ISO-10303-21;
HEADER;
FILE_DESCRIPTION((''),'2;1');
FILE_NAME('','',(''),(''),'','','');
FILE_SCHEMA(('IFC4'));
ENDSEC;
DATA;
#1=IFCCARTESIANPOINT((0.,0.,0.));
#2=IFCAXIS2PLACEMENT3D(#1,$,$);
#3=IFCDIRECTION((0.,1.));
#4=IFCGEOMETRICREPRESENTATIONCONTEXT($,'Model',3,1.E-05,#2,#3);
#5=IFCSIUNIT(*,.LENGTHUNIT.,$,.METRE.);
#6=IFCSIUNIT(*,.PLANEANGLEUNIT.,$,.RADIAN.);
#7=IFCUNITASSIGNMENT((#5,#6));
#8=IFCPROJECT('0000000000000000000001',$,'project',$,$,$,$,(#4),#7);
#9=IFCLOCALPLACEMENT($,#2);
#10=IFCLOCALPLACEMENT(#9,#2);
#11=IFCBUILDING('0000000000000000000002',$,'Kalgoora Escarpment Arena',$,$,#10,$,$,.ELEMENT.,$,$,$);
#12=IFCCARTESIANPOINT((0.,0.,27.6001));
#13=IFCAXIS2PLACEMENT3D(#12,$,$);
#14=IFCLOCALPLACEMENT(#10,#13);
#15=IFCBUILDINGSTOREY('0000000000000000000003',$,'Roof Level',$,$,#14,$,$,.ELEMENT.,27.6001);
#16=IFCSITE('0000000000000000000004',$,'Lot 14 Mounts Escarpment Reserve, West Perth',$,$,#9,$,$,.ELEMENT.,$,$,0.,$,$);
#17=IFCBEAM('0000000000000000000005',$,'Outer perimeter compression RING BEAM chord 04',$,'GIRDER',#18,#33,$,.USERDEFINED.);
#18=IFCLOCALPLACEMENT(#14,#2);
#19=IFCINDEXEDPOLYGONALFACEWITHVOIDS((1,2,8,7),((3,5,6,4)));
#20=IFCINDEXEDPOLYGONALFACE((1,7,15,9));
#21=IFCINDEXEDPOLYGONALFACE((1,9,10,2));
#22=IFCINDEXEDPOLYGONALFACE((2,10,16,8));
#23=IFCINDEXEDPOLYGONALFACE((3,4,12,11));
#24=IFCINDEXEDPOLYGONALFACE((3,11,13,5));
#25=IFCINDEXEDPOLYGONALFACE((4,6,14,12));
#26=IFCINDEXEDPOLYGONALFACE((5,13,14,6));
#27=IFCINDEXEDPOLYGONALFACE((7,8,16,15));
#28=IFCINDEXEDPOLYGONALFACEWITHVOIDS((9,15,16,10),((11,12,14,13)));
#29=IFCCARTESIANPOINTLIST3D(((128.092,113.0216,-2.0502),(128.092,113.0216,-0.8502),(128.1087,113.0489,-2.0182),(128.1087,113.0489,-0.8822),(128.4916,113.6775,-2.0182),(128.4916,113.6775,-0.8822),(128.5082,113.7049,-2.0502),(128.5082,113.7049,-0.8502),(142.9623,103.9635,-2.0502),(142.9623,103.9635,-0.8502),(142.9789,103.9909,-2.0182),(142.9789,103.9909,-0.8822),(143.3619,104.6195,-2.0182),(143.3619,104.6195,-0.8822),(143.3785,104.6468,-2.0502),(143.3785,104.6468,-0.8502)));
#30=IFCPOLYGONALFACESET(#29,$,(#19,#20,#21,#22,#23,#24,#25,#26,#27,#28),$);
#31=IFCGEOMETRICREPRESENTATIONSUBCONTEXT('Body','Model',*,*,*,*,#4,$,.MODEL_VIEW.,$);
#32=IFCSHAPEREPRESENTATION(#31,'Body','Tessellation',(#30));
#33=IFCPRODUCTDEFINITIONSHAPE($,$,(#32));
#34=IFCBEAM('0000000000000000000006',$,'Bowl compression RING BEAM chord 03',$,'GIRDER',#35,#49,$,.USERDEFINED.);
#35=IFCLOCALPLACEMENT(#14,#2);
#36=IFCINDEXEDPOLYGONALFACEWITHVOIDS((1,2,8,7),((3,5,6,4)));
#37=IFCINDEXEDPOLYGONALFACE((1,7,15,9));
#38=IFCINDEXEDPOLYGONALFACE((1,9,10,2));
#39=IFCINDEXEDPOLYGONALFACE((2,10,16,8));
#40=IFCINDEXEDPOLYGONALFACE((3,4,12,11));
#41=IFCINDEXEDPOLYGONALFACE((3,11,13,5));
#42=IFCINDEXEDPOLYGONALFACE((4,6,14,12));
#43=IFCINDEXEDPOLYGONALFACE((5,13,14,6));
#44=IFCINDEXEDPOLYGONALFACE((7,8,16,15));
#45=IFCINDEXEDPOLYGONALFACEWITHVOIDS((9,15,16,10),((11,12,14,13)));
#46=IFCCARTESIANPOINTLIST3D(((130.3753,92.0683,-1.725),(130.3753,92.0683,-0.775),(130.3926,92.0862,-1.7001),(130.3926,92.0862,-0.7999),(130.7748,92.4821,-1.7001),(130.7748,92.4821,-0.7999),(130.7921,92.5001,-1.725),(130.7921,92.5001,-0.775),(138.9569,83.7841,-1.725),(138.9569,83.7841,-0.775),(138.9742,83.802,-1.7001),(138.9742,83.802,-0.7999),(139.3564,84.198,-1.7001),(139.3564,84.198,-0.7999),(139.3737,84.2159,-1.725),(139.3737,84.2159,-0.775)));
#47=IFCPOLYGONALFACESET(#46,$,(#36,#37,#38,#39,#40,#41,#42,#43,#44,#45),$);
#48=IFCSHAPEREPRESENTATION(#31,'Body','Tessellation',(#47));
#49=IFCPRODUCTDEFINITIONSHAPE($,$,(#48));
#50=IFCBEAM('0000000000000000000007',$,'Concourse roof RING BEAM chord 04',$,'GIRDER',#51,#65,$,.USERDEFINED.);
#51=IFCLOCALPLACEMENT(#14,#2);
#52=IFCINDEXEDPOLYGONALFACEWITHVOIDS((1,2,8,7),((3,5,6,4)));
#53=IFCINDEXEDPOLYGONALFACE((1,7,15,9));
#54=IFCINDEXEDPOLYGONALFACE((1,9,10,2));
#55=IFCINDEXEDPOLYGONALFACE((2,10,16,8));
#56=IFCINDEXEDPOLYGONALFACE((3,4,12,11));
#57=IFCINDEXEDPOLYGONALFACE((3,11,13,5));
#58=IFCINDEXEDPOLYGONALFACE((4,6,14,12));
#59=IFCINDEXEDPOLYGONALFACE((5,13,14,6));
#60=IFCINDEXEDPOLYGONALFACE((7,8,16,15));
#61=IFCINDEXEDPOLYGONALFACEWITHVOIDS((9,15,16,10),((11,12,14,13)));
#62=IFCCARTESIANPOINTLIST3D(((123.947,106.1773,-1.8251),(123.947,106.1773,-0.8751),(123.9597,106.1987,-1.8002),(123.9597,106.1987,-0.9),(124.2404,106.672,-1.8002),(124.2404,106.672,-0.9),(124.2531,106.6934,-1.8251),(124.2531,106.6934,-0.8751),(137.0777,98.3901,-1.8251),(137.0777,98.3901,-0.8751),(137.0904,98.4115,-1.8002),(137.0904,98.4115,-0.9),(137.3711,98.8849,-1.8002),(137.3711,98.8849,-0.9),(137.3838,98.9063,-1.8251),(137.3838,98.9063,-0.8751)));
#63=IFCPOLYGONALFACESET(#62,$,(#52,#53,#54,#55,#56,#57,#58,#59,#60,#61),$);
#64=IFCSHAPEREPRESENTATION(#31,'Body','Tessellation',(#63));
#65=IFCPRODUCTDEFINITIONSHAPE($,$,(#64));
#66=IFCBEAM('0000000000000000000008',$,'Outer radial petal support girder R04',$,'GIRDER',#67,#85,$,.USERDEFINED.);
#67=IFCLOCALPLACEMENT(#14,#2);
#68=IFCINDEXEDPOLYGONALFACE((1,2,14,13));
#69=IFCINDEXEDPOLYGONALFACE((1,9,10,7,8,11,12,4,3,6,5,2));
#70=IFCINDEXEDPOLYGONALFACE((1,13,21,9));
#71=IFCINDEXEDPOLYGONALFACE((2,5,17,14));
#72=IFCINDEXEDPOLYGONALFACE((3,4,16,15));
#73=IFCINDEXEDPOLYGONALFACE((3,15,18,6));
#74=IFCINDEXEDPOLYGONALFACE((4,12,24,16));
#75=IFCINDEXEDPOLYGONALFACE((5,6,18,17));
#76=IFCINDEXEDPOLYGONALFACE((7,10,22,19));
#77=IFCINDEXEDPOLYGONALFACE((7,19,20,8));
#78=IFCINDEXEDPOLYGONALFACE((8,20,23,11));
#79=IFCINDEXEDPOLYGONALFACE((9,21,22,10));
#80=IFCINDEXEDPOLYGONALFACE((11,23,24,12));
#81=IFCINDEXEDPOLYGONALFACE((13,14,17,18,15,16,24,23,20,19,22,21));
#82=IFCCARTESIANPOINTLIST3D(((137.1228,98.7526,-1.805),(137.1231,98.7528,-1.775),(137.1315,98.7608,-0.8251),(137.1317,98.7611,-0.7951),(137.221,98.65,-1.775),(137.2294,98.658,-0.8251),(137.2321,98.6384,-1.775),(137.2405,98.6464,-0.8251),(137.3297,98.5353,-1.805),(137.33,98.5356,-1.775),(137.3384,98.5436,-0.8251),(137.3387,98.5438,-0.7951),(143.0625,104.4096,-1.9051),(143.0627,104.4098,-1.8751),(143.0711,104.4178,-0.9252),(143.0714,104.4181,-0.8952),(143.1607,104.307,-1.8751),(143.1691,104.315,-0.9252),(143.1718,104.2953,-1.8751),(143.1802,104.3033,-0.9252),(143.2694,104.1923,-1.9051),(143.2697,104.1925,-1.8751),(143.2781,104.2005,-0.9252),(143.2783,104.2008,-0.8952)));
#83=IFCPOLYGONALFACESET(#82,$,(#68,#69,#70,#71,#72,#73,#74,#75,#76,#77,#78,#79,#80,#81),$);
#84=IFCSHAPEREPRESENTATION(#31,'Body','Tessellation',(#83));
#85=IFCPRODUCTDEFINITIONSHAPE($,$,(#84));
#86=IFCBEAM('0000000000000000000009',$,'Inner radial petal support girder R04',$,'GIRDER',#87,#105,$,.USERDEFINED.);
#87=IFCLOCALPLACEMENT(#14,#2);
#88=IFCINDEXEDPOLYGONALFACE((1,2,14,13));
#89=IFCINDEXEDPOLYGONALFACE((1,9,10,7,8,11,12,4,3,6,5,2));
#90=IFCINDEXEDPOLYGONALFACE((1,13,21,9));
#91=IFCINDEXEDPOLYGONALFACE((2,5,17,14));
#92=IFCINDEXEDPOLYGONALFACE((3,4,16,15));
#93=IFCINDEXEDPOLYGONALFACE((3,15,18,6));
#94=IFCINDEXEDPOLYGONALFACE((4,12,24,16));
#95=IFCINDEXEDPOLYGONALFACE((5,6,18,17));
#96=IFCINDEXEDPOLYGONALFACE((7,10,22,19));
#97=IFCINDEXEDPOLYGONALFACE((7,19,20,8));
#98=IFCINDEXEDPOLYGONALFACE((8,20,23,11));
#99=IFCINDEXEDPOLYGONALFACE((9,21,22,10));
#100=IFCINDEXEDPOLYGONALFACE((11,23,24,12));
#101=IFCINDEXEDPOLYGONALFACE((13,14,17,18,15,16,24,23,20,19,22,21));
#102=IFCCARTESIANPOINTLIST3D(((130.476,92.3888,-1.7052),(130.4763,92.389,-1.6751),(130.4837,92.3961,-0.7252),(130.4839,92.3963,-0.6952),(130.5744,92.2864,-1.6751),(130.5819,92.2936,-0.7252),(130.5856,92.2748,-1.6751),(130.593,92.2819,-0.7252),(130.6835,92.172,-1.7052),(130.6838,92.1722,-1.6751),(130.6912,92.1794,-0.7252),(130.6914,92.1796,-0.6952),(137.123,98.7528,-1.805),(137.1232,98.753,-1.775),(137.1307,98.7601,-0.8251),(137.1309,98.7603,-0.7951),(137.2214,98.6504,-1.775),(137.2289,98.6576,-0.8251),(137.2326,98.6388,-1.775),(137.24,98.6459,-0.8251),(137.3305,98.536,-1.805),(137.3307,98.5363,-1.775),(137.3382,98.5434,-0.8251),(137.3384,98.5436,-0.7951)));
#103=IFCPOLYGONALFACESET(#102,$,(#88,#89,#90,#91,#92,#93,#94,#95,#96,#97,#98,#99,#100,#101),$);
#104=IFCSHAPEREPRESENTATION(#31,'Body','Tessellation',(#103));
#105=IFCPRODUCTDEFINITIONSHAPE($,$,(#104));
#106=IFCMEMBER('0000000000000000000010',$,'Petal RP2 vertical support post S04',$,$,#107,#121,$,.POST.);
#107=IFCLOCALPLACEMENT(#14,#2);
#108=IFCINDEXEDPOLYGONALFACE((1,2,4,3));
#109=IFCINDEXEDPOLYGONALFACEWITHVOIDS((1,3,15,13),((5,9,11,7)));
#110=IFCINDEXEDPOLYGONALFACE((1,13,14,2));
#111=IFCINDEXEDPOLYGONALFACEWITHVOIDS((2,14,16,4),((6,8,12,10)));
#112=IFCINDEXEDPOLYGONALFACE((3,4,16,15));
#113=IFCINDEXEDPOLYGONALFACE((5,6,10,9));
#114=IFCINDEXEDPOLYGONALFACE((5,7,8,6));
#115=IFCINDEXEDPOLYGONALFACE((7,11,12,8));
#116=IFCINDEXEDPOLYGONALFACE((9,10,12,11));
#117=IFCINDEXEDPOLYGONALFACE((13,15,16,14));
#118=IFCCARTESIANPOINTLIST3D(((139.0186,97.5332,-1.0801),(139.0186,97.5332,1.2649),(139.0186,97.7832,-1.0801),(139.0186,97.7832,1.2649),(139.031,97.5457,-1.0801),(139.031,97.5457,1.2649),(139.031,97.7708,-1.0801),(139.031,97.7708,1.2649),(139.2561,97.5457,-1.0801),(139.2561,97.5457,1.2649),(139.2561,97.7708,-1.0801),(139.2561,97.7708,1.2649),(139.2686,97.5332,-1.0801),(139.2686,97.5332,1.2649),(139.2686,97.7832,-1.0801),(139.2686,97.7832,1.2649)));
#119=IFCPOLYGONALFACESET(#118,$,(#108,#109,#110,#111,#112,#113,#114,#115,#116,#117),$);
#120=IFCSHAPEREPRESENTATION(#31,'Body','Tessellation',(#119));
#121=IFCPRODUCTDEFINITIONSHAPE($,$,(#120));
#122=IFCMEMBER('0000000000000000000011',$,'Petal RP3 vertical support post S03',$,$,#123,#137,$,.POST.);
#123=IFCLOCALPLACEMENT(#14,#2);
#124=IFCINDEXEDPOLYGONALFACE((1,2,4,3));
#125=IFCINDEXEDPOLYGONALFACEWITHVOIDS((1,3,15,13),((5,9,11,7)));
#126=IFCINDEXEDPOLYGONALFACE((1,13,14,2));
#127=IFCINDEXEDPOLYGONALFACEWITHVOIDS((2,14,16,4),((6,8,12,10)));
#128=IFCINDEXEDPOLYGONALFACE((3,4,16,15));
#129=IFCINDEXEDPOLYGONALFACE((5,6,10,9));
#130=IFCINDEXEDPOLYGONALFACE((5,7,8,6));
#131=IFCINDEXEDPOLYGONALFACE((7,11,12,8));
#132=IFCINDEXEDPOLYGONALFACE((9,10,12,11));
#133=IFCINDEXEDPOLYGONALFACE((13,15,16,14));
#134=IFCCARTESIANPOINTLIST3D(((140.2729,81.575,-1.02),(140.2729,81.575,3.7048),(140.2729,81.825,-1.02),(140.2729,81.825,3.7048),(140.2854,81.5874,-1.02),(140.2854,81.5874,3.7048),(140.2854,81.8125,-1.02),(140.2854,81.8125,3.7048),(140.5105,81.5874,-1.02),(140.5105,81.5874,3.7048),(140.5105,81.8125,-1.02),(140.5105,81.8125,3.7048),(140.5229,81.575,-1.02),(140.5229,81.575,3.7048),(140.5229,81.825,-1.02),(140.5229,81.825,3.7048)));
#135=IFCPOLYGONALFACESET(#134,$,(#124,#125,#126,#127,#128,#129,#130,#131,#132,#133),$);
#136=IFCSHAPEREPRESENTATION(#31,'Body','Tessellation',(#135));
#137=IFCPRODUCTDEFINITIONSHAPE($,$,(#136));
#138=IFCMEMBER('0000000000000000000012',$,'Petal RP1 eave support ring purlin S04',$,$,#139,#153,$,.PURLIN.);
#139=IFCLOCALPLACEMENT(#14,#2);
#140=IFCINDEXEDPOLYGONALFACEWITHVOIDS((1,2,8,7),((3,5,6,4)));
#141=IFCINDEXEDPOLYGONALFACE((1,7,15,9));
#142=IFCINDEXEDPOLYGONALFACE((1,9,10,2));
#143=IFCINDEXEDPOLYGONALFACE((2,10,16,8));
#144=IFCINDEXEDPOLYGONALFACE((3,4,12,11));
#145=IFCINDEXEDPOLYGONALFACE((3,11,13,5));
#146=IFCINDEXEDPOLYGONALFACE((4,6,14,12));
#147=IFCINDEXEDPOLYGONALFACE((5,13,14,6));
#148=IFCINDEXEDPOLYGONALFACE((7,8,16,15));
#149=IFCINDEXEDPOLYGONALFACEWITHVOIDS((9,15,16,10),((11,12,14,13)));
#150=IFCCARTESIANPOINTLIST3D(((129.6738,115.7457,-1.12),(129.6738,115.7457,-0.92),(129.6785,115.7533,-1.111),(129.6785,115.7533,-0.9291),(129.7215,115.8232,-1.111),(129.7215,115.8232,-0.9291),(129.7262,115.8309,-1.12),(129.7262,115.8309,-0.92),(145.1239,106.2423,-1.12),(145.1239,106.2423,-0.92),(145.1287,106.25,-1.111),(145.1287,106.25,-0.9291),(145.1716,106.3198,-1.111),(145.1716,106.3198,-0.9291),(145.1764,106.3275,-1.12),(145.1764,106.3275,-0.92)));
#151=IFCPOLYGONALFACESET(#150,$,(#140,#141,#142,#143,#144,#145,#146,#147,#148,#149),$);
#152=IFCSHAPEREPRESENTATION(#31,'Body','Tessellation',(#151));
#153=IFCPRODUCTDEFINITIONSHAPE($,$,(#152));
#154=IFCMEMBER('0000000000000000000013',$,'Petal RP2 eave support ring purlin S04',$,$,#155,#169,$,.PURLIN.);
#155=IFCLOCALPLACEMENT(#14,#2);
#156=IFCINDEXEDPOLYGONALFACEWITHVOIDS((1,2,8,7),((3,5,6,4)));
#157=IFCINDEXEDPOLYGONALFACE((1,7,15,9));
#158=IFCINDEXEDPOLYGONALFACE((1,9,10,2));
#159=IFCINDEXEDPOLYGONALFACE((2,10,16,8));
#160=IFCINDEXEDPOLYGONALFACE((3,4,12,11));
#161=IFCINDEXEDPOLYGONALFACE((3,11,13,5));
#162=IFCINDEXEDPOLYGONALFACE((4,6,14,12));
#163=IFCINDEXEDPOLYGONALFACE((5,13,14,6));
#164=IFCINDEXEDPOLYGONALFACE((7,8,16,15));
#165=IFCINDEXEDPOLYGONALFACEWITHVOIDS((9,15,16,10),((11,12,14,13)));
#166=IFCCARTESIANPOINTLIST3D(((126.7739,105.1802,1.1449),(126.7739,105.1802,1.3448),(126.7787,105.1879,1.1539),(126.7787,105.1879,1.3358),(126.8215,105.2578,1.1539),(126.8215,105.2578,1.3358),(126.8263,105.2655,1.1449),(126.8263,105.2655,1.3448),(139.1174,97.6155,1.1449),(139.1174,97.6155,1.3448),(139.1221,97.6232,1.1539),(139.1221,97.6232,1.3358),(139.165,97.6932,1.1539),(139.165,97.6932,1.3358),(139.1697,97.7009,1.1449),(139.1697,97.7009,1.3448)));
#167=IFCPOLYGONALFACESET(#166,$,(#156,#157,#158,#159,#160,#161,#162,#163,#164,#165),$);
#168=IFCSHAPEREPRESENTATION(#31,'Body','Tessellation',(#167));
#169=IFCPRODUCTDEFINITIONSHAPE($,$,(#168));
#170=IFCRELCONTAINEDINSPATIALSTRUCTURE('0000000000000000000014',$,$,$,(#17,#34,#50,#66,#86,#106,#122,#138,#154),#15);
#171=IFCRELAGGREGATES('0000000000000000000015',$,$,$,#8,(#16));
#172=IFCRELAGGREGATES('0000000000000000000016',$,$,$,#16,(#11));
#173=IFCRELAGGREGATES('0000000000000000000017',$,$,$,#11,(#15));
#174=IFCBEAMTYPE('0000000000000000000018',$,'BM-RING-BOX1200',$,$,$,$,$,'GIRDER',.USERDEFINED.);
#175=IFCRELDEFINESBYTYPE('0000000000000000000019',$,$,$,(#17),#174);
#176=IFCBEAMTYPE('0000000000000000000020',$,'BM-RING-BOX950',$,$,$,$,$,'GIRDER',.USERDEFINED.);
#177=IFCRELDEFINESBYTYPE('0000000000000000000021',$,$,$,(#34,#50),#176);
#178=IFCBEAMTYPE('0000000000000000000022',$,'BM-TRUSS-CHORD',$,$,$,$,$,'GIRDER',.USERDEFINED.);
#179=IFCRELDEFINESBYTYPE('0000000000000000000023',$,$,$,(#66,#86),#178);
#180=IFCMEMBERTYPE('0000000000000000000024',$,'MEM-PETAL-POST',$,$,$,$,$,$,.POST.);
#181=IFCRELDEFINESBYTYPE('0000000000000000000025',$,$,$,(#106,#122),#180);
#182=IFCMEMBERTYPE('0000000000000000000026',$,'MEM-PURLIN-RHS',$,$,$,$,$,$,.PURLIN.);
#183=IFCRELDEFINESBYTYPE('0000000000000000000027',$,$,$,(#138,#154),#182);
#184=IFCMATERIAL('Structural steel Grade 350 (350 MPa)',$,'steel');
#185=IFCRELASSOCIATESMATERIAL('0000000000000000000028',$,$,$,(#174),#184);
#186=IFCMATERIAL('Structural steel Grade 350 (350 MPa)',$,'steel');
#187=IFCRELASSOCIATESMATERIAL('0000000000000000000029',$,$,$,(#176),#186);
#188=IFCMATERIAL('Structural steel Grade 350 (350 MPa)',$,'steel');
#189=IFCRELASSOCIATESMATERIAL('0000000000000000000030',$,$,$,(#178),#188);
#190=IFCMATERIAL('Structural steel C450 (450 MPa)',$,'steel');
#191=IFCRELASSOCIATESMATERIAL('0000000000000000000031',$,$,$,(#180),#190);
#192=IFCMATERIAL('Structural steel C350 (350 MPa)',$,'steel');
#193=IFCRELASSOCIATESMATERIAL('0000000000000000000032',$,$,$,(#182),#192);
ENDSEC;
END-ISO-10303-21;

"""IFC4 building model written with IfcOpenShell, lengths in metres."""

from ifc_helpers import new_model, si_unit, direction, frame, origin, origin_2d, place, context, subcontext, project, spatial, hollow_rectangle, i_section, extrude, material, material_profile, profile_set, type_object, element, save


model = new_model("IFC4")

# Units and contexts
model_context = context("Model", 3, precision=1e-05, world=origin(), true_north=direction((0.0, 1.0)))
body_context = subcontext(model_context, "Body", "Model", "MODEL_VIEW")
ifc_project = project(units=[si_unit("LENGTHUNIT", "METRE"), si_unit("PLANEANGLEUNIT", "RADIAN")], contexts=[model_context])

# Site, building, storey
site_placement = place(None, origin())
site = spatial("IfcSite", under=ifc_project, at=site_placement, Name="Lot 14 Mounts Escarpment Reserve, West Perth", CompositionType="ELEMENT", RefElevation=0.0)
building_placement = place(site_placement, origin())
building = spatial("IfcBuilding", under=site, at=building_placement, Name="Kalgoora Escarpment Arena", CompositionType="ELEMENT")
storey_placement = place(building_placement, frame((0.0, 0.0, 27.6001)))
storey = spatial("IfcBuildingStorey", under=building, at=storey_placement, Name="Roof Level", CompositionType="ELEMENT", Elevation=27.6001)

# Beams
ifc_material_1 = material(Name="Structural steel Grade 350 (350 MPa)", Category="steel")
ifc_material_profile_1 = material_profile(ifc_material_1, hollow_rectangle(XDim=0.8, YDim=1.2, WallThickness=0.032, at=origin_2d()))
ifc_profile_set_1 = profile_set([ifc_material_profile_1], Name="Structural steel Grade 350 (350 MPa)")
beam_type_1 = type_object("IfcBeamType", Name="BM-RING-BOX1200", ElementType="GIRDER", PredefinedType="USERDEFINED", material=ifc_profile_set_1)
beam_1_placement = place(storey_placement, frame((143.1704, 104.3052, -1.4502), z_axis=(-0.854031, 0.520223, 0.0), x_axis=(-0.520223, -0.854031, 0.0)))
element("IfcBeam", 1, at=beam_1_placement, inside=storey, type_object=beam_type_1, Name="Outer perimeter compression RING BEAM chord 04", ObjectType="GIRDER", PredefinedType="USERDEFINED", context=body_context, shape_type="SweptSolid", body=[
    extrude(hollow_rectangle(XDim=0.8, YDim=1.2, WallThickness=0.032, at=origin_2d()), origin(), (0.0, 0.0, 1.0), 17.4119),
])
ifc_material_2 = material(Name="Structural steel Grade 350 (350 MPa)", Category="steel")
ifc_material_profile_2 = material_profile(ifc_material_2, hollow_rectangle(XDim=0.6001, YDim=0.95, WallThickness=0.0249, at=origin_2d()))
ifc_profile_set_2 = profile_set([ifc_material_profile_2], Name="Structural steel Grade 350 (350 MPa)")
beam_type_2 = type_object("IfcBeamType", Name="BM-RING-BOX950", ElementType="GIRDER", PredefinedType="USERDEFINED", material=ifc_profile_set_2)
beam_2_placement = place(storey_placement, frame((139.1653, 84.0, -1.25), z_axis=(-0.719462, 0.694532, 0.0), x_axis=(-0.694532, -0.719462, 0.0)))
element("IfcBeam", 2, at=beam_2_placement, inside=storey, type_object=beam_type_2, Name="Bowl compression RING BEAM chord 03", ObjectType="GIRDER", PredefinedType="USERDEFINED", context=body_context, shape_type="SweptSolid", body=[
    extrude(hollow_rectangle(XDim=0.6001, YDim=0.95, WallThickness=0.0249, at=origin_2d()), origin(), (0.0, 0.0, 1.0), 11.9277),
])
beam_3_placement = place(storey_placement, frame((137.2307, 98.6482, -1.3501), z_axis=(-0.860119, 0.510093, 0.0), x_axis=(-0.510093, -0.860119, 0.0)))
element("IfcBeam", 3, at=beam_3_placement, inside=storey, type_object=beam_type_2, Name="Concourse roof RING BEAM chord 04", ObjectType="GIRDER", PredefinedType="USERDEFINED", context=body_context, shape_type="SweptSolid", body=[
    extrude(hollow_rectangle(XDim=0.6001, YDim=0.95, WallThickness=0.0249, at=origin_2d()), origin(), (0.0, 0.0, 1.0), 15.2661),
])
ifc_material_3 = material(Name="Structural steel Grade 350 (350 MPa)", Category="steel")
ifc_material_profile_3 = material_profile(ifc_material_3, i_section(OverallWidth=0.3, OverallDepth=1.01, WebThickness=0.0161, FlangeThickness=0.03, at=origin_2d()))
ifc_profile_set_3 = profile_set([ifc_material_profile_3], Name="Structural steel Grade 350 (350 MPa)")
beam_type_3 = type_object("IfcBeamType", Name="BM-TRUSS-CHORD", ElementType="GIRDER", PredefinedType="USERDEFINED", material=ifc_profile_set_3)
beam_4_placement = place(storey_placement, frame((143.1704, 104.3052, -1.4001), z_axis=(-0.724076, -0.689612, 0.012202), x_axis=(0.689663, -0.72413, 0.0)))
element("IfcBeam", 4, at=beam_4_placement, inside=storey, type_object=beam_type_3, Name="Outer radial petal support girder R04", ObjectType="GIRDER", PredefinedType="USERDEFINED", context=body_context, shape_type="SweptSolid", body=[
    extrude(i_section(OverallWidth=0.3, OverallDepth=1.01, WebThickness=0.0161, FlangeThickness=0.03, at=origin_2d()), origin(), (0.0, 0.0, 1.0), 8.2031),
])
beam_5_placement = place(storey_placement, frame((137.2307, 98.6482, -1.3), z_axis=(-0.722271, -0.691525, 0.01085), x_axis=(0.691565, -0.722314, 0.0)))
element("IfcBeam", 5, at=beam_5_placement, inside=storey, type_object=beam_type_3, Name="Inner radial petal support girder R04", ObjectType="GIRDER", PredefinedType="USERDEFINED", context=body_context, shape_type="SweptSolid", body=[
    extrude(i_section(OverallWidth=0.3, OverallDepth=1.01, WebThickness=0.0161, FlangeThickness=0.03, at=origin_2d()), origin(), (0.0, 0.0, 1.0), 9.2029),
])

# Members
ifc_material_4 = material(Name="Structural steel C450 (450 MPa)", Category="steel")
ifc_material_profile_4 = material_profile(ifc_material_4, hollow_rectangle(XDim=0.25, YDim=0.25, WallThickness=0.0125, at=origin_2d()))
ifc_profile_set_4 = profile_set([ifc_material_profile_4], Name="Structural steel C450 (450 MPa)")
member_type_1 = type_object("IfcMemberType", Name="MEM-PETAL-POST", PredefinedType="POST", material=ifc_profile_set_4)
member_1_placement = place(storey_placement, frame((139.1436, 97.6582, -1.0801), z_axis=(0.0, 0.0, 1.0), x_axis=(1.0, 0.0, 0.0)))
element("IfcMember", 6, at=member_1_placement, inside=storey, type_object=member_type_1, Name="Petal RP2 vertical support post S04", PredefinedType="POST", context=body_context, shape_type="SweptSolid", body=[
    extrude(hollow_rectangle(XDim=0.25, YDim=0.25, WallThickness=0.0125, at=origin_2d()), origin(), (0.0, 0.0, 1.0), 2.345),
])
member_2_placement = place(storey_placement, frame((140.3979, 81.7, -1.02), z_axis=(0.0, 0.0, 1.0), x_axis=(1.0, 0.0, 0.0)))
element("IfcMember", 7, at=member_2_placement, inside=storey, type_object=member_type_1, Name="Petal RP3 vertical support post S03", PredefinedType="POST", context=body_context, shape_type="SweptSolid", body=[
    extrude(hollow_rectangle(XDim=0.25, YDim=0.25, WallThickness=0.0125, at=origin_2d()), origin(), (0.0, 0.0, 1.0), 4.7249),
])
ifc_material_5 = material(Name="Structural steel C350 (350 MPa)", Category="steel")
ifc_material_profile_5 = material_profile(ifc_material_5, hollow_rectangle(XDim=0.1001, YDim=0.2, WallThickness=0.009, at=origin_2d()))
ifc_profile_set_5 = profile_set([ifc_material_profile_5], Name="Structural steel C350 (350 MPa)")
member_type_2 = type_object("IfcMemberType", Name="MEM-PURLIN-RHS", PredefinedType="PURLIN", material=ifc_profile_set_5)
member_3_placement = place(storey_placement, frame((145.1501, 106.2849, -1.02), z_axis=(-0.851766, 0.523922, 0.0), x_axis=(-0.523922, -0.851766, 0.0)))
element("IfcMember", 8, at=member_3_placement, inside=storey, type_object=member_type_2, Name="Petal RP1 eave support ring purlin S04", PredefinedType="PURLIN", context=body_context, shape_type="SweptSolid", body=[
    extrude(hollow_rectangle(XDim=0.1001, YDim=0.2, WallThickness=0.009, at=origin_2d()), origin(), (0.0, 0.0, 1.0), 18.1389),
])
member_4_placement = place(storey_placement, frame((139.1436, 97.6582, 1.2449), z_axis=(-0.852622, 0.522528, 0.0), x_axis=(-0.522528, -0.852622, 0.0)))
element("IfcMember", 9, at=member_4_placement, inside=storey, type_object=member_type_2, Name="Petal RP2 eave support ring purlin S04", PredefinedType="PURLIN", context=body_context, shape_type="SweptSolid", body=[
    extrude(hollow_rectangle(XDim=0.1001, YDim=0.2, WallThickness=0.009, at=origin_2d()), origin(), (0.0, 0.0, 1.0), 14.4771),
])

save(model, "model.ifc")
